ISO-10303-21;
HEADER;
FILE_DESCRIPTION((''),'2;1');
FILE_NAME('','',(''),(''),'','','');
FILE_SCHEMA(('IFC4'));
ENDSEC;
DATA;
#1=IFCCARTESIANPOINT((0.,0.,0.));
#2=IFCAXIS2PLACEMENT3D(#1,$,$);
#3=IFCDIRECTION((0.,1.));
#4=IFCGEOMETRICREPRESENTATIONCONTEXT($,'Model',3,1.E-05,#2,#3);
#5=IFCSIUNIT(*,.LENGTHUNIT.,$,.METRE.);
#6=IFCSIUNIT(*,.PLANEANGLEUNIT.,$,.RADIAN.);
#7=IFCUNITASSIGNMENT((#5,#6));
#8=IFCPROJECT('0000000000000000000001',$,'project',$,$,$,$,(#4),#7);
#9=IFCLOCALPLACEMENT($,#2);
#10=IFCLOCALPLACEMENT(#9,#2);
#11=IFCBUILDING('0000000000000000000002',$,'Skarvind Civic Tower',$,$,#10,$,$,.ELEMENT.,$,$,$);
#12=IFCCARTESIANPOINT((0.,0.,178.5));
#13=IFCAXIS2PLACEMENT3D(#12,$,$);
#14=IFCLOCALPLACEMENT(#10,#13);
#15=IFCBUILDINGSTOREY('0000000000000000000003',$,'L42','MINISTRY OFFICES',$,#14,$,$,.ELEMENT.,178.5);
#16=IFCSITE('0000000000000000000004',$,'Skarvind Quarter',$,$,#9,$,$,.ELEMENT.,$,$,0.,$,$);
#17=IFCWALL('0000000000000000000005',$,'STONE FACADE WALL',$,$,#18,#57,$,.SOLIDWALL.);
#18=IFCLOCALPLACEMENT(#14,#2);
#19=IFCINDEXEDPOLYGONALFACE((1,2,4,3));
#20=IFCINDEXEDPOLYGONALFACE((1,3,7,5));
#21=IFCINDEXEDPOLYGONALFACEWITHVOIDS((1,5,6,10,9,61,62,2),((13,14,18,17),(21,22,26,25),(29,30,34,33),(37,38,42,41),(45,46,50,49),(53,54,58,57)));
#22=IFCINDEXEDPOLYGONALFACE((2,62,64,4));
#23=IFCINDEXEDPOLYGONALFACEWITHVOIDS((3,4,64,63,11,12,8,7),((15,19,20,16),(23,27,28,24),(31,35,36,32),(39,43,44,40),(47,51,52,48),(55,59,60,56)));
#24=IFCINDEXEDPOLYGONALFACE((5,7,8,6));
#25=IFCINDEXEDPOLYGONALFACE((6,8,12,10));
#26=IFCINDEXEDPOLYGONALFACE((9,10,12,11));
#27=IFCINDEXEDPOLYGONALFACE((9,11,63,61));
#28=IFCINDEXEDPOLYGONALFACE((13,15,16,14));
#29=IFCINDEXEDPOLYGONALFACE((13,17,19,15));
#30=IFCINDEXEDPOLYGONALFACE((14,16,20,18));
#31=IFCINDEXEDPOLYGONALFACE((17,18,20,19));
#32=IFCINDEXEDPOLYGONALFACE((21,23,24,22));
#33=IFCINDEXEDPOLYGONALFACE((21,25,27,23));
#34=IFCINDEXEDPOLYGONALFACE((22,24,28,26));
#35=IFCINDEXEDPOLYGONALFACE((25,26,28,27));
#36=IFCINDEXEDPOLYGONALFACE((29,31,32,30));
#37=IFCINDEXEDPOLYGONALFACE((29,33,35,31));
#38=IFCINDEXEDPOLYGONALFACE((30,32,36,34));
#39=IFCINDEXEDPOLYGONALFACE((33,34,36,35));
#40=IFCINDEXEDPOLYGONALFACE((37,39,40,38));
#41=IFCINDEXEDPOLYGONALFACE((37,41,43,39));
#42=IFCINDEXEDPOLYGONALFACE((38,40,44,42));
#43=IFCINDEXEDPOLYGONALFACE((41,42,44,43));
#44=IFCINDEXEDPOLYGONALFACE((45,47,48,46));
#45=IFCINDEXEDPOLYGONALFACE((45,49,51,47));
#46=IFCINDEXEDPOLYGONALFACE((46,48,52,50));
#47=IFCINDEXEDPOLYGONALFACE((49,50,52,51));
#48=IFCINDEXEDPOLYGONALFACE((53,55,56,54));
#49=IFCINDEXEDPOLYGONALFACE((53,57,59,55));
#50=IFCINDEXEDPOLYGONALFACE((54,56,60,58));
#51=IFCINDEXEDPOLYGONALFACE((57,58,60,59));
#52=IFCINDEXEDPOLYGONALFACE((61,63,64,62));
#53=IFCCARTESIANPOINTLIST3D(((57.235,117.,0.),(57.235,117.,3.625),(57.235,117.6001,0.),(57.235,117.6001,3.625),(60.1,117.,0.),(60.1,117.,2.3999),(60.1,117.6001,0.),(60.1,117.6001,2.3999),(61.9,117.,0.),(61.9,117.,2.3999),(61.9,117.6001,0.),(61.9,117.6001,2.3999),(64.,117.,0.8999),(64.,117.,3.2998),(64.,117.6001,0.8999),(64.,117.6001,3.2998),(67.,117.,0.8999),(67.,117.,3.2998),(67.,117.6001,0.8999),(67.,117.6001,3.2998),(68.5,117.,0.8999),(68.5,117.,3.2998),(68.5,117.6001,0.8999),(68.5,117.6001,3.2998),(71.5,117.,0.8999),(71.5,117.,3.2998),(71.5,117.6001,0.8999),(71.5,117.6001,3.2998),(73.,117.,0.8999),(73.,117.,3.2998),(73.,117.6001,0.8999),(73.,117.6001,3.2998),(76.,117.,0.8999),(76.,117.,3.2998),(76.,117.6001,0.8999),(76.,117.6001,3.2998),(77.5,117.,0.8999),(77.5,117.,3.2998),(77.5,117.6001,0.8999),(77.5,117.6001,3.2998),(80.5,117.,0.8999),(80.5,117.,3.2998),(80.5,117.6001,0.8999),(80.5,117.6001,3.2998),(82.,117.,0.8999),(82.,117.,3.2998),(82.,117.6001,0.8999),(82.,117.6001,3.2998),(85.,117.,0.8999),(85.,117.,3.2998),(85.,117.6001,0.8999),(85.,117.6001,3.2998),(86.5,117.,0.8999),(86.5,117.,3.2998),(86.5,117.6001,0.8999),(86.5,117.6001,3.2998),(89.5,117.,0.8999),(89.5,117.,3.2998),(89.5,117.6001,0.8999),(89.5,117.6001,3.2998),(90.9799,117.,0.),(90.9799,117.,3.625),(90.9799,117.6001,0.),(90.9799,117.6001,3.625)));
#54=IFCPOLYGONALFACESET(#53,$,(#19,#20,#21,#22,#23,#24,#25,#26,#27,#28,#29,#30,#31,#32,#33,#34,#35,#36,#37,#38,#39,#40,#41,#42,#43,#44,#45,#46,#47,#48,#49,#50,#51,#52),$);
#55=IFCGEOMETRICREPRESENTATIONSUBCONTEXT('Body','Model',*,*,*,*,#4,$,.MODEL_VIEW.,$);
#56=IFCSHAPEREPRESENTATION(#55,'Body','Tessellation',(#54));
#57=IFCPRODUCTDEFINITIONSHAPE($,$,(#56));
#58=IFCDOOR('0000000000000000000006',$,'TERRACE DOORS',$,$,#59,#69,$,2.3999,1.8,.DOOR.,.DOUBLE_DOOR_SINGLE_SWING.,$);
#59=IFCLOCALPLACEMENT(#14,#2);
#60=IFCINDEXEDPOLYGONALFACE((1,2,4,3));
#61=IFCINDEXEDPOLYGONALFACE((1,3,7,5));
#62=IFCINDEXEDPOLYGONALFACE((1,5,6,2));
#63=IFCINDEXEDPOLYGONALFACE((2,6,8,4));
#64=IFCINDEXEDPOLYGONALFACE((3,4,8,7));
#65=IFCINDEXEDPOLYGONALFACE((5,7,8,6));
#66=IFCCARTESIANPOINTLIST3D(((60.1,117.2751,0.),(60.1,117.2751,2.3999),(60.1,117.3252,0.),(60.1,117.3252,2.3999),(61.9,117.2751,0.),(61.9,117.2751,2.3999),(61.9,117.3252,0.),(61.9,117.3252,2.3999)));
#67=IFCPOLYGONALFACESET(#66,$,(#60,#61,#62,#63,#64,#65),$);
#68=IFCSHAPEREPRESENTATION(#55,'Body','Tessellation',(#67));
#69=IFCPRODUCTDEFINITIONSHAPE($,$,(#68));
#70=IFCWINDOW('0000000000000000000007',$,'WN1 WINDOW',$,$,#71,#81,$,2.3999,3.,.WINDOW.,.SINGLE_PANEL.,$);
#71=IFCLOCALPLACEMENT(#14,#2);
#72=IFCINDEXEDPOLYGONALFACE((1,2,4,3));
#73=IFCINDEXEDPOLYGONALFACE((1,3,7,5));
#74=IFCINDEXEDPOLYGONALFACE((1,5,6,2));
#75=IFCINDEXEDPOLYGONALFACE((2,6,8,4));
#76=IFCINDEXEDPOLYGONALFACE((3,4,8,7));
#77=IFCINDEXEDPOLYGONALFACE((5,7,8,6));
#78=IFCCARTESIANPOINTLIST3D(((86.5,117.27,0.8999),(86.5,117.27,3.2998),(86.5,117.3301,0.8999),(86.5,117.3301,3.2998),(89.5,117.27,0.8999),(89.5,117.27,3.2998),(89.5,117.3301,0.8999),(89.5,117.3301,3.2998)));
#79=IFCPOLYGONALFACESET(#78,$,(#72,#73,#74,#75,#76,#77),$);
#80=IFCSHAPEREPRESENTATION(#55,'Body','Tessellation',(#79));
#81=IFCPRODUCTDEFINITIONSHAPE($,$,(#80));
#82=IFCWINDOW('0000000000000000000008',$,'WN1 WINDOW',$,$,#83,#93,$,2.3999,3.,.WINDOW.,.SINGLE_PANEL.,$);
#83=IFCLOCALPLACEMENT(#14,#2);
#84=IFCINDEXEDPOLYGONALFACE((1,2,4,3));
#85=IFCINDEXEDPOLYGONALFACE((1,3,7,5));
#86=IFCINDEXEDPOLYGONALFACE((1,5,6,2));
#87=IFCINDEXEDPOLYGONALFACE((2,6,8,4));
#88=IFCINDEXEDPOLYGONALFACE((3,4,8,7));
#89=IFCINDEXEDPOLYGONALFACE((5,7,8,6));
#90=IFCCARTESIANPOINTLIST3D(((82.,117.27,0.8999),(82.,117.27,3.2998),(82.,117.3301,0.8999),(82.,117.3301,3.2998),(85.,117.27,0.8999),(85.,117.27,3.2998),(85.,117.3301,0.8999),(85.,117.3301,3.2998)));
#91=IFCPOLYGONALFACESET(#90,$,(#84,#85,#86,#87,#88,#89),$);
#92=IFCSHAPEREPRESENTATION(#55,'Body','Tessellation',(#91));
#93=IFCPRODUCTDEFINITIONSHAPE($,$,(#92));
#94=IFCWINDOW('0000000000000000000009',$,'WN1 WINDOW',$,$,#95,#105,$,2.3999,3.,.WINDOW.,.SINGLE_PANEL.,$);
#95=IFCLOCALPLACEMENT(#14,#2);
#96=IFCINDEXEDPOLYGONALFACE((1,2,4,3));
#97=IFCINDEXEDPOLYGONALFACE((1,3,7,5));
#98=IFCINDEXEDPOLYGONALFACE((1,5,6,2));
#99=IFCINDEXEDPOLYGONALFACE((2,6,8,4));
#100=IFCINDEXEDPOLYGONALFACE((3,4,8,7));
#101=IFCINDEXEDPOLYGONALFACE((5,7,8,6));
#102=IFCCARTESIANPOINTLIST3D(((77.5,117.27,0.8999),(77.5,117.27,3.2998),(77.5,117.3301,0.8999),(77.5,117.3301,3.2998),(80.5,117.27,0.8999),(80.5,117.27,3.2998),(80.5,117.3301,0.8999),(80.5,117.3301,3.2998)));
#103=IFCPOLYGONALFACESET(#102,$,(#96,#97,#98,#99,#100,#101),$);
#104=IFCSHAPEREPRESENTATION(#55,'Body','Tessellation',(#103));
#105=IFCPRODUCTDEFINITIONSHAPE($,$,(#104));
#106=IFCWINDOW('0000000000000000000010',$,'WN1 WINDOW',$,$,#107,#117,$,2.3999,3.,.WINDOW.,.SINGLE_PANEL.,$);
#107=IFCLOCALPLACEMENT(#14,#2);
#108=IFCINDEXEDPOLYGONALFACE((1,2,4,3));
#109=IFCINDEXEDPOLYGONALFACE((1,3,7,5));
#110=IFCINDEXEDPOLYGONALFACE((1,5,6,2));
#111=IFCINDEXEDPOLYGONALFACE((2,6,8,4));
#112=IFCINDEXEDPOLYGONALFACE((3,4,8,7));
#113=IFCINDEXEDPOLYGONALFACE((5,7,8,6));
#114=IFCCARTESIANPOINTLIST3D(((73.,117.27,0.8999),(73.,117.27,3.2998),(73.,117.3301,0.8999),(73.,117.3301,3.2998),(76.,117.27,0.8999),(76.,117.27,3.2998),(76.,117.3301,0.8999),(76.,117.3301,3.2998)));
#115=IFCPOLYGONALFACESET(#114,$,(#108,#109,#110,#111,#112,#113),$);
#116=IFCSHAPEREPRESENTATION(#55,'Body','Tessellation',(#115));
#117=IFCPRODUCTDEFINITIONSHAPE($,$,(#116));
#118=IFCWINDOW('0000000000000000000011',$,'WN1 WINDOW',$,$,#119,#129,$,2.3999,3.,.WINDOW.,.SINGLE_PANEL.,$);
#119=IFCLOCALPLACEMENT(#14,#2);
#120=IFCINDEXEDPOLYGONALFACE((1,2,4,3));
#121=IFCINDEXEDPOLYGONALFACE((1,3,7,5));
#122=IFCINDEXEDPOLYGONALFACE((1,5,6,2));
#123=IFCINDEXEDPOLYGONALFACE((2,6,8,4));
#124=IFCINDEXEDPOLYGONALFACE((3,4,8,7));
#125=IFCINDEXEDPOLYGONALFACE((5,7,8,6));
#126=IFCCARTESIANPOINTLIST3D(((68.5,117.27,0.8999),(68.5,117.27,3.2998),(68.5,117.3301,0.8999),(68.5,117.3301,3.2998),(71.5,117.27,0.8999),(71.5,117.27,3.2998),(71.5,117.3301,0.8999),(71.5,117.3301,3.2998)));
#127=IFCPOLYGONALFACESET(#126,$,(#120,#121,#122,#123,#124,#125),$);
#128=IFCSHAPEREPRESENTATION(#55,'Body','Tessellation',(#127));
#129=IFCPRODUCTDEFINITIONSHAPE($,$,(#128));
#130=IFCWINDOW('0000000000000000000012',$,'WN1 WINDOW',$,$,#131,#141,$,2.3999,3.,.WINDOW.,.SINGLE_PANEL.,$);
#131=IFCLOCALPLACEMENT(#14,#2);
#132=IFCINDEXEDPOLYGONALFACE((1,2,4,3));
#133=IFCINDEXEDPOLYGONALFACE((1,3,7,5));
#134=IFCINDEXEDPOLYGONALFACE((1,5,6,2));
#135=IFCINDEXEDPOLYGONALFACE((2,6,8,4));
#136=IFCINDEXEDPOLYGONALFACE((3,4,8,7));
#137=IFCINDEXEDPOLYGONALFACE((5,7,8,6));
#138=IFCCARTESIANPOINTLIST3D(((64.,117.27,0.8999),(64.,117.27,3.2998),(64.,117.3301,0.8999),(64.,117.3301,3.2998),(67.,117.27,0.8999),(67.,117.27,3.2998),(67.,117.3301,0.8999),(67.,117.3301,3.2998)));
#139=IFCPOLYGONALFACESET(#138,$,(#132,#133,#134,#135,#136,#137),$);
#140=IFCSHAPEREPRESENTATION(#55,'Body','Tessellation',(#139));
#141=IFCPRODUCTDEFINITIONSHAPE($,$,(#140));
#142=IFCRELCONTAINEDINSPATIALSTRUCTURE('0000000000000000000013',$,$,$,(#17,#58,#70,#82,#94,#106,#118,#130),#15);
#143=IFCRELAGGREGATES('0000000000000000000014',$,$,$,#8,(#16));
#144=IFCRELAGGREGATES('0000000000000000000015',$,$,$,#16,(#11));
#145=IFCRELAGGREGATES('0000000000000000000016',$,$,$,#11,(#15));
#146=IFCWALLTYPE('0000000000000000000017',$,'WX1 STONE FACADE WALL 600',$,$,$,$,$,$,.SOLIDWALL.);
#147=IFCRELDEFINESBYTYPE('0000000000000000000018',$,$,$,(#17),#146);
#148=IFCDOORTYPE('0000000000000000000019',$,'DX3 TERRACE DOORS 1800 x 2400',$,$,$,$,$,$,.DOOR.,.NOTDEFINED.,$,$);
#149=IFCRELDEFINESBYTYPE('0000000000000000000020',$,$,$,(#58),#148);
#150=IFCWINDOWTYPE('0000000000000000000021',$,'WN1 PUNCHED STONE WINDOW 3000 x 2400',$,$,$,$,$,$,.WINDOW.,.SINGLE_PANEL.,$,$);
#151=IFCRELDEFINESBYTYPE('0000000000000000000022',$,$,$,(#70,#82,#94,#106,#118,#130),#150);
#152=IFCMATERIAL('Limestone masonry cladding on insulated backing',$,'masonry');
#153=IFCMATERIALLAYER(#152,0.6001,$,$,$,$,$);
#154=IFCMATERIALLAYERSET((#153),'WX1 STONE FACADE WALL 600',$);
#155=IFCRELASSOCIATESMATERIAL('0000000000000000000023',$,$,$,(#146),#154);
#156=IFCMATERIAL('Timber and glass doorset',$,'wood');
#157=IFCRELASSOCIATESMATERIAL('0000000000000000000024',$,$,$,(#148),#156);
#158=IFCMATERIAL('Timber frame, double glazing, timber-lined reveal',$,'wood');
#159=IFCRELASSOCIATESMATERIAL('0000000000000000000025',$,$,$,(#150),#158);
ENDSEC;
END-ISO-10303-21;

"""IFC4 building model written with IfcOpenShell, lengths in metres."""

from ifc_helpers import new_model, si_unit, direction, frame, frame_2d, origin, place, context, subcontext, project, spatial, rectangle, extrude, material, layer, layer_set, type_object, element, fill, save


model = new_model("IFC4")

# Units and contexts
model_context = context("Model", 3, precision=1e-05, world=origin(), true_north=direction((0.0, 1.0)))
body_context = subcontext(model_context, "Body", "Model", "MODEL_VIEW")
ifc_project = project(units=[si_unit("LENGTHUNIT", "METRE"), si_unit("PLANEANGLEUNIT", "RADIAN")], contexts=[model_context])

# Site, building, storey
site_placement = place(None, origin())
site = spatial("IfcSite", under=ifc_project, at=site_placement, Name="Skarvind Quarter", CompositionType="ELEMENT", RefElevation=0.0)
building_placement = place(site_placement, origin())
building = spatial("IfcBuilding", under=site, at=building_placement, Name="Skarvind Civic Tower", CompositionType="ELEMENT")
storey_placement = place(building_placement, frame((0.0, 0.0, 178.5)))
storey = spatial("IfcBuildingStorey", under=building, at=storey_placement, Name="L42", Description="MINISTRY OFFICES", CompositionType="ELEMENT", Elevation=178.5)

# Wall, openings, door, windows
ifc_material_1 = material(Name="Limestone masonry cladding on insulated backing", Category="masonry")
ifc_layer_1 = layer(ifc_material_1, 0.6001)
ifc_layer_set_1 = layer_set([ifc_layer_1], Name="WX1 STONE FACADE WALL 600")
wall_type_1 = type_object("IfcWallType", Name="WX1 STONE FACADE WALL 600", PredefinedType="SOLIDWALL", material=ifc_layer_set_1)
wall_1_placement = place(storey_placement, frame((90.98, 117.3, 0.0), z_axis=(0.0, 0.0, 1.0), x_axis=(-1.0, 0.0, 0.0)))
wall_1 = element("IfcWall", 1, at=wall_1_placement, inside=storey, type_object=wall_type_1, Name="STONE FACADE WALL", PredefinedType="SOLIDWALL", context=body_context, shape_type="SweptSolid", body=[
    extrude(rectangle(XDim=33.7449, YDim=0.6001, at=frame_2d((16.8726, 0.0))), origin(), (0.0, 0.0, 1.0), 3.625),
])
opening_1_placement = place(wall_1_placement, frame((1.48, 0.0, 0.8999)))
opening_1 = element("IfcOpeningElement", 2, at=opening_1_placement, cuts=wall_1, PredefinedType="OPENING", context=body_context, shape_type="SweptSolid", body=[
    extrude(rectangle(XDim=3.0, YDim=2.3999, at=frame_2d((1.5, 1.2))), frame((0.0, 0.3101, 0.0), z_axis=(0.0, -1.0, 0.0), x_axis=(1.0, 0.0, 0.0)), (0.0, 0.0, 1.0), 0.6201),
])
opening_2_placement = place(wall_1_placement, frame((5.98, 0.0, 0.8999)))
opening_2 = element("IfcOpeningElement", 3, at=opening_2_placement, cuts=wall_1, PredefinedType="OPENING", context=body_context, shape_type="SweptSolid", body=[
    extrude(rectangle(XDim=3.0, YDim=2.3999, at=frame_2d((1.5, 1.2))), frame((0.0, 0.3101, 0.0), z_axis=(0.0, -1.0, 0.0), x_axis=(1.0, 0.0, 0.0)), (0.0, 0.0, 1.0), 0.6201),
])
opening_3_placement = place(wall_1_placement, frame((10.48, 0.0, 0.8999)))
opening_3 = element("IfcOpeningElement", 4, at=opening_3_placement, cuts=wall_1, PredefinedType="OPENING", context=body_context, shape_type="SweptSolid", body=[
    extrude(rectangle(XDim=3.0, YDim=2.3999, at=frame_2d((1.5, 1.2))), frame((0.0, 0.3101, 0.0), z_axis=(0.0, -1.0, 0.0), x_axis=(1.0, 0.0, 0.0)), (0.0, 0.0, 1.0), 0.6201),
])
opening_4_placement = place(wall_1_placement, frame((14.98, 0.0, 0.8999)))
opening_4 = element("IfcOpeningElement", 5, at=opening_4_placement, cuts=wall_1, PredefinedType="OPENING", context=body_context, shape_type="SweptSolid", body=[
    extrude(rectangle(XDim=3.0, YDim=2.3999, at=frame_2d((1.5, 1.2))), frame((0.0, 0.3101, 0.0), z_axis=(0.0, -1.0, 0.0), x_axis=(1.0, 0.0, 0.0)), (0.0, 0.0, 1.0), 0.6201),
])
opening_5_placement = place(wall_1_placement, frame((19.48, 0.0, 0.8999)))
opening_5 = element("IfcOpeningElement", 6, at=opening_5_placement, cuts=wall_1, PredefinedType="OPENING", context=body_context, shape_type="SweptSolid", body=[
    extrude(rectangle(XDim=3.0, YDim=2.3999, at=frame_2d((1.5, 1.2))), frame((0.0, 0.3101, 0.0), z_axis=(0.0, -1.0, 0.0), x_axis=(1.0, 0.0, 0.0)), (0.0, 0.0, 1.0), 0.6201),
])
opening_6_placement = place(wall_1_placement, frame((23.98, 0.0, 0.8999)))
opening_6 = element("IfcOpeningElement", 7, at=opening_6_placement, cuts=wall_1, PredefinedType="OPENING", context=body_context, shape_type="SweptSolid", body=[
    extrude(rectangle(XDim=3.0, YDim=2.3999, at=frame_2d((1.5, 1.2))), frame((0.0, 0.3101, 0.0), z_axis=(0.0, -1.0, 0.0), x_axis=(1.0, 0.0, 0.0)), (0.0, 0.0, 1.0), 0.6201),
])
opening_7_placement = place(wall_1_placement, frame((29.0801, 0.0, 0.0)))
opening_7 = element("IfcOpeningElement", 8, at=opening_7_placement, cuts=wall_1, PredefinedType="OPENING", context=body_context, shape_type="SweptSolid", body=[
    extrude(rectangle(XDim=1.8, YDim=2.3999, at=frame_2d((0.8999, 1.2))), frame((0.0, 0.3101, 0.0), z_axis=(0.0, -1.0, 0.0), x_axis=(1.0, 0.0, 0.0)), (0.0, 0.0, 1.0), 0.6201),
])
ifc_material_2 = material(Name="Timber and glass doorset", Category="wood")
door_type = type_object("IfcDoorType", Name="DX3 TERRACE DOORS 1800 x 2400", OperationType="NOTDEFINED", PredefinedType="DOOR", material=ifc_material_2)
door_placement = place(opening_7_placement, origin())
door = element("IfcDoor", 9, at=door_placement, inside=storey, type_object=door_type, Name="TERRACE DOORS", OperationType="DOUBLE_DOOR_SINGLE_SWING", OverallHeight=2.3999, OverallWidth=1.8, PredefinedType="DOOR", context=body_context, shape_type="SweptSolid", body=[
    extrude(rectangle(XDim=1.8, YDim=2.3999, at=frame_2d((0.8999, 1.2))), frame((0.0, 0.0249, 0.0), z_axis=(0.0, -1.0, 0.0), x_axis=(1.0, 0.0, 0.0)), (0.0, 0.0, 1.0), 0.05),
])
fill(opening_7, door)
ifc_material_3 = material(Name="Timber frame, double glazing, timber-lined reveal", Category="wood")
window_type = type_object("IfcWindowType", Name="WN1 PUNCHED STONE WINDOW 3000 x 2400", PartitioningType="SINGLE_PANEL", PredefinedType="WINDOW", material=ifc_material_3)
window_1_placement = place(opening_1_placement, origin())
window_1 = element("IfcWindow", 10, at=window_1_placement, inside=storey, type_object=window_type, Name="WN1 WINDOW", OverallHeight=2.3999, OverallWidth=3.0, PartitioningType="SINGLE_PANEL", PredefinedType="WINDOW", context=body_context, shape_type="SweptSolid", body=[
    extrude(rectangle(XDim=3.0, YDim=2.3999, at=frame_2d((1.5, 1.2))), frame((0.0, 0.03, 0.0), z_axis=(0.0, -1.0, 0.0), x_axis=(1.0, 0.0, 0.0)), (0.0, 0.0, 1.0), 0.0601),
])
fill(opening_1, window_1)
window_2_placement = place(opening_2_placement, origin())
window_2 = element("IfcWindow", 11, at=window_2_placement, inside=storey, type_object=window_type, Name="WN1 WINDOW", OverallHeight=2.3999, OverallWidth=3.0, PartitioningType="SINGLE_PANEL", PredefinedType="WINDOW", context=body_context, shape_type="SweptSolid", body=[
    extrude(rectangle(XDim=3.0, YDim=2.3999, at=frame_2d((1.5, 1.2))), frame((0.0, 0.03, 0.0), z_axis=(0.0, -1.0, 0.0), x_axis=(1.0, 0.0, 0.0)), (0.0, 0.0, 1.0), 0.0601),
])
fill(opening_2, window_2)
window_3_placement = place(opening_3_placement, origin())
window_3 = element("IfcWindow", 12, at=window_3_placement, inside=storey, type_object=window_type, Name="WN1 WINDOW", OverallHeight=2.3999, OverallWidth=3.0, PartitioningType="SINGLE_PANEL", PredefinedType="WINDOW", context=body_context, shape_type="SweptSolid", body=[
    extrude(rectangle(XDim=3.0, YDim=2.3999, at=frame_2d((1.5, 1.2))), frame((0.0, 0.03, 0.0), z_axis=(0.0, -1.0, 0.0), x_axis=(1.0, 0.0, 0.0)), (0.0, 0.0, 1.0), 0.0601),
])
fill(opening_3, window_3)
window_4_placement = place(opening_4_placement, origin())
window_4 = element("IfcWindow", 13, at=window_4_placement, inside=storey, type_object=window_type, Name="WN1 WINDOW", OverallHeight=2.3999, OverallWidth=3.0, PartitioningType="SINGLE_PANEL", PredefinedType="WINDOW", context=body_context, shape_type="SweptSolid", body=[
    extrude(rectangle(XDim=3.0, YDim=2.3999, at=frame_2d((1.5, 1.2))), frame((0.0, 0.03, 0.0), z_axis=(0.0, -1.0, 0.0), x_axis=(1.0, 0.0, 0.0)), (0.0, 0.0, 1.0), 0.0601),
])
fill(opening_4, window_4)
window_5_placement = place(opening_5_placement, origin())
window_5 = element("IfcWindow", 14, at=window_5_placement, inside=storey, type_object=window_type, Name="WN1 WINDOW", OverallHeight=2.3999, OverallWidth=3.0, PartitioningType="SINGLE_PANEL", PredefinedType="WINDOW", context=body_context, shape_type="SweptSolid", body=[
    extrude(rectangle(XDim=3.0, YDim=2.3999, at=frame_2d((1.5, 1.2))), frame((0.0, 0.03, 0.0), z_axis=(0.0, -1.0, 0.0), x_axis=(1.0, 0.0, 0.0)), (0.0, 0.0, 1.0), 0.0601),
])
fill(opening_5, window_5)
window_6_placement = place(opening_6_placement, origin())
window_6 = element("IfcWindow", 15, at=window_6_placement, inside=storey, type_object=window_type, Name="WN1 WINDOW", OverallHeight=2.3999, OverallWidth=3.0, PartitioningType="SINGLE_PANEL", PredefinedType="WINDOW", context=body_context, shape_type="SweptSolid", body=[
    extrude(rectangle(XDim=3.0, YDim=2.3999, at=frame_2d((1.5, 1.2))), frame((0.0, 0.03, 0.0), z_axis=(0.0, -1.0, 0.0), x_axis=(1.0, 0.0, 0.0)), (0.0, 0.0, 1.0), 0.0601),
])
fill(opening_6, window_6)

save(model, "model.ifc")
